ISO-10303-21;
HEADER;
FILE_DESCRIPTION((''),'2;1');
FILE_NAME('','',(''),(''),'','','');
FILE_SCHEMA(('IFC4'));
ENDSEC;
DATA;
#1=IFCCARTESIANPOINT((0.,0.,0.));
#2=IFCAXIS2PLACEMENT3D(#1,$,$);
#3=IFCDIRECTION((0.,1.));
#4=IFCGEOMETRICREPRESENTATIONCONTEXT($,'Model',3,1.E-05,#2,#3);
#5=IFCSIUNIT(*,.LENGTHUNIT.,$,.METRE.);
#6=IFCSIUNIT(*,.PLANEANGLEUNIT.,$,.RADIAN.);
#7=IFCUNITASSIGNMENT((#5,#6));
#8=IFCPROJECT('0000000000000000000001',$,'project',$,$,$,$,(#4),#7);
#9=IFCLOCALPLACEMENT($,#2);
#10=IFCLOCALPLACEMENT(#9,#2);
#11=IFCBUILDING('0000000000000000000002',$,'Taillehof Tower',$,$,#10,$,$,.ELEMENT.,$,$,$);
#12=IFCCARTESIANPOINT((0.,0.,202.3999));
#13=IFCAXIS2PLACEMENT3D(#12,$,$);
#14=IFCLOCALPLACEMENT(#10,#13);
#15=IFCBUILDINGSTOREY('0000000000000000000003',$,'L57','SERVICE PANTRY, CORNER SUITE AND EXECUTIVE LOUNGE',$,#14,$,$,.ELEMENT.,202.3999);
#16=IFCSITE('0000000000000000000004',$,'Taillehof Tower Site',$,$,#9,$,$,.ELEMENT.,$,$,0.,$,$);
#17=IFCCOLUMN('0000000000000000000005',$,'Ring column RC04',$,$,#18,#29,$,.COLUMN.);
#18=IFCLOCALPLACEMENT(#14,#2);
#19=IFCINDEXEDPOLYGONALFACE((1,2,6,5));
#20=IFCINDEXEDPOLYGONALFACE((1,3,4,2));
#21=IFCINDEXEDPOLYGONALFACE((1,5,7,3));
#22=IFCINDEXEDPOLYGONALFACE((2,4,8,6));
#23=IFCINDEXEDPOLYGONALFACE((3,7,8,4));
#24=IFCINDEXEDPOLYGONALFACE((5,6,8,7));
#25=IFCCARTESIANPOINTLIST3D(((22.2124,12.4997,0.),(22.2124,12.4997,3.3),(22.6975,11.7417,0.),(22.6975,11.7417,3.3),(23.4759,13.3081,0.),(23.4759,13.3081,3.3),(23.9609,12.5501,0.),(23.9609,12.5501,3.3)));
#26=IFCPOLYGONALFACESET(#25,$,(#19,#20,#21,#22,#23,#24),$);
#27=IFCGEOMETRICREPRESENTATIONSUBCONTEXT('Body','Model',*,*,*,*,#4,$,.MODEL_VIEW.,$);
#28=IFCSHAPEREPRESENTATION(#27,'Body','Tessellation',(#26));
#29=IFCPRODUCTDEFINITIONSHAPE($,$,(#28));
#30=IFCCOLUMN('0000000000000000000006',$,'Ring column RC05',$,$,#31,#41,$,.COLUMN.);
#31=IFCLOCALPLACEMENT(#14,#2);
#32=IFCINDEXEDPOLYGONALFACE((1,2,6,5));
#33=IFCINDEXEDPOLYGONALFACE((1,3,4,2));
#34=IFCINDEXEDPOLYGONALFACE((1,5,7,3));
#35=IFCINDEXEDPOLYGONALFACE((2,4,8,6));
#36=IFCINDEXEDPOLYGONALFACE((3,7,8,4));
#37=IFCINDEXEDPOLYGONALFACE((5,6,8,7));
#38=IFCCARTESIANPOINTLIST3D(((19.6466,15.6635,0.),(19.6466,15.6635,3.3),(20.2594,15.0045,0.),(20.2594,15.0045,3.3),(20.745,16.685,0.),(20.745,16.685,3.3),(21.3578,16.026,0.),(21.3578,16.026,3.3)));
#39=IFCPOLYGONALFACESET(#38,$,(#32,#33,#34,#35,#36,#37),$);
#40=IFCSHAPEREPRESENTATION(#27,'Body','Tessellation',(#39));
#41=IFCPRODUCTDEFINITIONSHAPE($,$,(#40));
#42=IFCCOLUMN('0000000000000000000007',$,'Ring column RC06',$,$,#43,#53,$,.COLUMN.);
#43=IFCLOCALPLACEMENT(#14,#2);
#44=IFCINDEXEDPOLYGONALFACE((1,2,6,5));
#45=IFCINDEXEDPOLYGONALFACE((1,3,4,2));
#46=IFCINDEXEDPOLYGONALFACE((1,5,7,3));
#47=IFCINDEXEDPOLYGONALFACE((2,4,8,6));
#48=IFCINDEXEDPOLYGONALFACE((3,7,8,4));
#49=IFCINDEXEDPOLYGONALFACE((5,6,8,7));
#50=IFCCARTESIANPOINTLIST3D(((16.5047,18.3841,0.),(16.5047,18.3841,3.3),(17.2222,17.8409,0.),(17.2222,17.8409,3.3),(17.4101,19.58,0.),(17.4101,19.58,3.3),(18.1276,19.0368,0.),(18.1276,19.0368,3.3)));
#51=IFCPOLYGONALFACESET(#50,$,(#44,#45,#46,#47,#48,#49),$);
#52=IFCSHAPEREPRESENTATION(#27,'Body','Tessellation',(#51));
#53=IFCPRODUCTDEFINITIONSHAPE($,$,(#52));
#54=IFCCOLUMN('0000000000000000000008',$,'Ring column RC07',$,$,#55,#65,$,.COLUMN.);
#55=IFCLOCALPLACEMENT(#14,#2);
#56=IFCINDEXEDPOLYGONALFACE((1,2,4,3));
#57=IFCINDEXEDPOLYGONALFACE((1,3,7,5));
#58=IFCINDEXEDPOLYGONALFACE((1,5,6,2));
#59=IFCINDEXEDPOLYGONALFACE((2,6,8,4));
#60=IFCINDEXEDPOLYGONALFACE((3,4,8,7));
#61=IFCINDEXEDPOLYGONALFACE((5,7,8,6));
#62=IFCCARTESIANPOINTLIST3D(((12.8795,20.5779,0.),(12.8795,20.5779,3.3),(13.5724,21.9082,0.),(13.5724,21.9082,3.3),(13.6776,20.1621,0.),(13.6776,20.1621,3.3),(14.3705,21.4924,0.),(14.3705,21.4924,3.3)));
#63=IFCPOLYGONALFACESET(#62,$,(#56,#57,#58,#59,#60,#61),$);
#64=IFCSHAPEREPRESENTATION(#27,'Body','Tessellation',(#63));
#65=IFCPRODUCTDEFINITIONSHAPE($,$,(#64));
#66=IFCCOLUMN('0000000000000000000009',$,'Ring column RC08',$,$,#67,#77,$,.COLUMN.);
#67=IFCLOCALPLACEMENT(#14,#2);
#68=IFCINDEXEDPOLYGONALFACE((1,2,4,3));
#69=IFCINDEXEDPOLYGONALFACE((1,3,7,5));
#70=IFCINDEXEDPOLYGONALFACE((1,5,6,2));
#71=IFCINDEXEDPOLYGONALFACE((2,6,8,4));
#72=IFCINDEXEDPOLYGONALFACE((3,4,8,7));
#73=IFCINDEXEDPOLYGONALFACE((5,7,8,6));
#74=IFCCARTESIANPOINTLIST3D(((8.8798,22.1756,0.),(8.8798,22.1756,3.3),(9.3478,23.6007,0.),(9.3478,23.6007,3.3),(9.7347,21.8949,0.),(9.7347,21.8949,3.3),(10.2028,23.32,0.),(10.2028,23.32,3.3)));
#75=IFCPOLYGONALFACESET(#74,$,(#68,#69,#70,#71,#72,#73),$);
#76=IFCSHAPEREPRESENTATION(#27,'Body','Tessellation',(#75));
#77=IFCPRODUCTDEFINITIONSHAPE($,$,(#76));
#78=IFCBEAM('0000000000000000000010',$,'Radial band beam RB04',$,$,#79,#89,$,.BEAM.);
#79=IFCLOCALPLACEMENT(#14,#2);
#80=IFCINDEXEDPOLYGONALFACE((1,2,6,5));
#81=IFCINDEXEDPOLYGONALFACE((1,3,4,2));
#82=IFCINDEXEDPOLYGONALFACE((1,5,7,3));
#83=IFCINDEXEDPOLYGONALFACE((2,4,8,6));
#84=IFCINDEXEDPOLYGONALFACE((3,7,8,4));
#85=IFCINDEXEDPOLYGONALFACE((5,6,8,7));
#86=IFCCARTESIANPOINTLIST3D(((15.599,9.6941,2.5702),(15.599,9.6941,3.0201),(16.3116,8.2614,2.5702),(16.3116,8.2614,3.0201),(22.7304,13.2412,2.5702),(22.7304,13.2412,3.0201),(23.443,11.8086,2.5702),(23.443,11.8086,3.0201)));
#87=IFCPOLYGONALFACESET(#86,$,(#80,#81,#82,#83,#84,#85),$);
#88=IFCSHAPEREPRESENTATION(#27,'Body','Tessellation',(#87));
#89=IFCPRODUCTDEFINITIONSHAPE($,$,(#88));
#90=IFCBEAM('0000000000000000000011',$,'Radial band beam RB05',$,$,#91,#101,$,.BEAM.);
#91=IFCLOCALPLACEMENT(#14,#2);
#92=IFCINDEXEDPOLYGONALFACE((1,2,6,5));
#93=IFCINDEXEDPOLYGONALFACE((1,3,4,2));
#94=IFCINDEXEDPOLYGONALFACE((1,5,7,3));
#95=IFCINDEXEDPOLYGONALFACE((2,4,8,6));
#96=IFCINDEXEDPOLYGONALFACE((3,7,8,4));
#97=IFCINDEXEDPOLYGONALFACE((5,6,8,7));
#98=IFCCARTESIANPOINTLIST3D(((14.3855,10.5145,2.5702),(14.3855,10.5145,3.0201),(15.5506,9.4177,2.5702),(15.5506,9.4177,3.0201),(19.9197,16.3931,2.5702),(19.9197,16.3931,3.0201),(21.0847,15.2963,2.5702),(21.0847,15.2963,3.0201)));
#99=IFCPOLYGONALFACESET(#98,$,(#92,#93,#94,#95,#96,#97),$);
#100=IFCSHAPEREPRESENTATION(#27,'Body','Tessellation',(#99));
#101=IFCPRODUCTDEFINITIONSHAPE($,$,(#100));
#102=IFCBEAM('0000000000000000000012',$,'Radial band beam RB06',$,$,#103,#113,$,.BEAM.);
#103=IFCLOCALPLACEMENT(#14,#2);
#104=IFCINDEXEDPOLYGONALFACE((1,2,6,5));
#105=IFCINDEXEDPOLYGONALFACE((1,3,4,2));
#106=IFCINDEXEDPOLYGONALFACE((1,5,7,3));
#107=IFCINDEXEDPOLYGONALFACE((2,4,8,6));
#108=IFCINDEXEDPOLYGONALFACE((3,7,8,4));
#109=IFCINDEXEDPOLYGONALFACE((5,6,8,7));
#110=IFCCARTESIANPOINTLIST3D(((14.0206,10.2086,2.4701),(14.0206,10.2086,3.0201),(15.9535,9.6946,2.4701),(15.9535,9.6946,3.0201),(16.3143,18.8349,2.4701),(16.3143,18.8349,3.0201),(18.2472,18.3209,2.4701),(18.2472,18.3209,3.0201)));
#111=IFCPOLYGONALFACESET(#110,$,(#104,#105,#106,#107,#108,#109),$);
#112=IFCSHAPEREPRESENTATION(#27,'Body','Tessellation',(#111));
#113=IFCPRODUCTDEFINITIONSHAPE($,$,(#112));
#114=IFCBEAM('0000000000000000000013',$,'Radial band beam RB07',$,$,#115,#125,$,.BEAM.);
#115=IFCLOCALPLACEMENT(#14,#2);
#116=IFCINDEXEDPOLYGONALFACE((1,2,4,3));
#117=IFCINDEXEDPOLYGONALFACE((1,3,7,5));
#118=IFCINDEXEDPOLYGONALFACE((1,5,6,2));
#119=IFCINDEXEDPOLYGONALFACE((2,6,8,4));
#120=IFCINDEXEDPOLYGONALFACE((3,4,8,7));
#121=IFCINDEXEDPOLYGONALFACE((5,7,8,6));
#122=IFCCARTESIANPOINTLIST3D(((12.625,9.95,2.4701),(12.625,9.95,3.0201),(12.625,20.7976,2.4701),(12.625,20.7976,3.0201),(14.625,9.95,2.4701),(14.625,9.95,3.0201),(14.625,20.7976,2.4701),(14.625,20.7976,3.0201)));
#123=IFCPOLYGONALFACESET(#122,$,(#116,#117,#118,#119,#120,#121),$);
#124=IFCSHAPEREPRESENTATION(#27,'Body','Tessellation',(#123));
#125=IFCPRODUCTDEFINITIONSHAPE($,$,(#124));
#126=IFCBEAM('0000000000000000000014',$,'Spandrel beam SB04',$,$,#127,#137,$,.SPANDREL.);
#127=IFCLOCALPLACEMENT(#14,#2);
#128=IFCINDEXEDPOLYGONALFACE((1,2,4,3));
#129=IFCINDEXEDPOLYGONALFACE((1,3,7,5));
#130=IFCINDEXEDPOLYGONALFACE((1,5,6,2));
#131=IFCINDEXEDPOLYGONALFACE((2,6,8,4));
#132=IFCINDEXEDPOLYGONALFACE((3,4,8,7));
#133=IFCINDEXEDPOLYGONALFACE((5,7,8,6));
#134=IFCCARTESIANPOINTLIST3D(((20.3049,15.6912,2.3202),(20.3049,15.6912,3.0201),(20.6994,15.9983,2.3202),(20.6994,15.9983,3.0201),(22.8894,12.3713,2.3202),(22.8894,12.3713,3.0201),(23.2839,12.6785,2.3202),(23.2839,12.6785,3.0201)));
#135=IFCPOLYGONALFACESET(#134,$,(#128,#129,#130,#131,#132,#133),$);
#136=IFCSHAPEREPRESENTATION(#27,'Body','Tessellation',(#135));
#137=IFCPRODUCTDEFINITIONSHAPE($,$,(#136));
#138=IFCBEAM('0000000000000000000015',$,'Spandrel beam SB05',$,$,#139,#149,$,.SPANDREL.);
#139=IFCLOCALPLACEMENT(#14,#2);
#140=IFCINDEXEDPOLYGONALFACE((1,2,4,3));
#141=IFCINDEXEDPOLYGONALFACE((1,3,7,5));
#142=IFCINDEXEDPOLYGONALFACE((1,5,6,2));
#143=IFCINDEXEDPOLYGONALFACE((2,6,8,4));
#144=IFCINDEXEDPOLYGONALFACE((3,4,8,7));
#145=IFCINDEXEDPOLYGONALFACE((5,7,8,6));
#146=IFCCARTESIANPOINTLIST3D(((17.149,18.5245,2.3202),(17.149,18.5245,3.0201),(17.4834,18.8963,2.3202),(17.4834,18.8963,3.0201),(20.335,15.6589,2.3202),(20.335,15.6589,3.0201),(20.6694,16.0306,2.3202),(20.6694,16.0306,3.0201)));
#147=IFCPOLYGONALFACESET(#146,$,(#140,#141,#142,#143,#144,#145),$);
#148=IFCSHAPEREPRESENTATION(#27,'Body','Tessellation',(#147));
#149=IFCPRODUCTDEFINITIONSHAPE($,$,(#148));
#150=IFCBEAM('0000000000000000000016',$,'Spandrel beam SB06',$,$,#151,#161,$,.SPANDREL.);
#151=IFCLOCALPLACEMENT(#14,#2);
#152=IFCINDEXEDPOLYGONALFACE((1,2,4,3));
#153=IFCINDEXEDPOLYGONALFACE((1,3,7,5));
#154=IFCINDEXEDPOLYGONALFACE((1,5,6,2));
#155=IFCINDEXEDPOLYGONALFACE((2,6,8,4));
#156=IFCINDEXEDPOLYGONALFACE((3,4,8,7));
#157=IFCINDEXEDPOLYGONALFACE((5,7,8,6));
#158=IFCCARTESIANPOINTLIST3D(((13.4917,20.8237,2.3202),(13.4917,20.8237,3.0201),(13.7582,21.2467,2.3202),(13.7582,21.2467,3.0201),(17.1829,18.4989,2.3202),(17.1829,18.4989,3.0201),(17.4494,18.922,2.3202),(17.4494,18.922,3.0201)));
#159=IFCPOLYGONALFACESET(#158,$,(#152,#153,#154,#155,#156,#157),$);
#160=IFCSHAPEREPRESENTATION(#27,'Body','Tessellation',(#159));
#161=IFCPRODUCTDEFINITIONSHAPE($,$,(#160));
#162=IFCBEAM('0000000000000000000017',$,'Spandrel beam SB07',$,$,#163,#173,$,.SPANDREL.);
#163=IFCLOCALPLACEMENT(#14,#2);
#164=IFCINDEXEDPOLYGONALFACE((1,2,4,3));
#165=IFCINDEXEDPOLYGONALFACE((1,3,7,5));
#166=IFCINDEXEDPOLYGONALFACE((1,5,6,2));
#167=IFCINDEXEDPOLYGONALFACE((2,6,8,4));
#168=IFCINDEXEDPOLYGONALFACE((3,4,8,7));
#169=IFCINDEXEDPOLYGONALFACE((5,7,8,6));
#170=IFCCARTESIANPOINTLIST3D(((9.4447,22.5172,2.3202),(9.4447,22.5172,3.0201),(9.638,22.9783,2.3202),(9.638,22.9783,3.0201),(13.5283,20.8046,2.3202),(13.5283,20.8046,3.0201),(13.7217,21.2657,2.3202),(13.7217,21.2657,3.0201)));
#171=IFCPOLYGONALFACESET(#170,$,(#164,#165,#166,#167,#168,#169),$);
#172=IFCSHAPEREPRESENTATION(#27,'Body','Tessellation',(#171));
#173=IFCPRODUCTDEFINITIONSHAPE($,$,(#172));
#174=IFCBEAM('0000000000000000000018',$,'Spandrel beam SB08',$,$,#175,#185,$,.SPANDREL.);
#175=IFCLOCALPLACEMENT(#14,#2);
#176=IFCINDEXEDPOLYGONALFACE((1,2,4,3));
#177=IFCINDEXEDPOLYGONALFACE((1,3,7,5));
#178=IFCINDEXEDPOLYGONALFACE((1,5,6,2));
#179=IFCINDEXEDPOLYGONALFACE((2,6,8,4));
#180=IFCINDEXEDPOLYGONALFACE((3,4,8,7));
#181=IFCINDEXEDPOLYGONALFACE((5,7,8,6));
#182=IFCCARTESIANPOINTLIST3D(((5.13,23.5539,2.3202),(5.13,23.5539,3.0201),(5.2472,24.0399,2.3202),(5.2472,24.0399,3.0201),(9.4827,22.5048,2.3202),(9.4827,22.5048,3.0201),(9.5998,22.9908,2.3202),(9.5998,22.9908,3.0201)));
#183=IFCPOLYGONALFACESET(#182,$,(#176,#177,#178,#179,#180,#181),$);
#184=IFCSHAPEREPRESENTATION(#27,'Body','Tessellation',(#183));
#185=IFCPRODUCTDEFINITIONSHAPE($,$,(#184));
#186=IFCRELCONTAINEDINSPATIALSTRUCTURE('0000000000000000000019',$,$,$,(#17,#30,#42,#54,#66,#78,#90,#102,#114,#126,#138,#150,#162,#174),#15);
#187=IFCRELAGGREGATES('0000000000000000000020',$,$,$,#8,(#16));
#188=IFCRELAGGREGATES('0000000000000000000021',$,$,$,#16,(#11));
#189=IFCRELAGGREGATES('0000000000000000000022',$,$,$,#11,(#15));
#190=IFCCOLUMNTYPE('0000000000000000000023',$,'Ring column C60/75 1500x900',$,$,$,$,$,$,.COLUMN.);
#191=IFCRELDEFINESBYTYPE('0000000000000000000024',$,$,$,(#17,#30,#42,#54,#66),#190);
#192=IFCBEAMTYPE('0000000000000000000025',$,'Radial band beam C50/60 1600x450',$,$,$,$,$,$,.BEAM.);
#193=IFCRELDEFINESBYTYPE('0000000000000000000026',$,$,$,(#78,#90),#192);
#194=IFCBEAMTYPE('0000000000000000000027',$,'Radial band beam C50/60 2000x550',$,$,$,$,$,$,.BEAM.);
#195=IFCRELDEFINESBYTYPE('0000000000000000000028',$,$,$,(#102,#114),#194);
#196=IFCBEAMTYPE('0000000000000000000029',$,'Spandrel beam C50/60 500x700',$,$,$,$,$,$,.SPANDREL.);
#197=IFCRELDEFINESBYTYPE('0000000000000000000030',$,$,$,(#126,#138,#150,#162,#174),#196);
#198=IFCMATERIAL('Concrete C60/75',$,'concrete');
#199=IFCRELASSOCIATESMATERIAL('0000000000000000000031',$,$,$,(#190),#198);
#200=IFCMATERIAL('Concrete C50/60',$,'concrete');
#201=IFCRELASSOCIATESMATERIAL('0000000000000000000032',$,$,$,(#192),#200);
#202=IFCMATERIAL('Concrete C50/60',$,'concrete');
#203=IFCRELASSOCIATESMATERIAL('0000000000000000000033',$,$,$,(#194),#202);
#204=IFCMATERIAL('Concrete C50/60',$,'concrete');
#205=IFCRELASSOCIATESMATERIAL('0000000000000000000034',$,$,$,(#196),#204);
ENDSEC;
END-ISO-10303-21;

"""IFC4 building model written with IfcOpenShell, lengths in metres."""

from ifc_helpers import new_model, si_unit, direction, frame, origin, origin_2d, place, context, subcontext, project, spatial, rectangle, extrude, material, material_profile, profile_set, type_object, element, save


model = new_model("IFC4")

# Units and contexts
model_context = context("Model", 3, precision=1e-05, world=origin(), true_north=direction((0.0, 1.0)))
body_context = subcontext(model_context, "Body", "Model", "MODEL_VIEW")
ifc_project = project(units=[si_unit("LENGTHUNIT", "METRE"), si_unit("PLANEANGLEUNIT", "RADIAN")], contexts=[model_context])

# Site, building, storey
site_placement = place(None, origin())
site = spatial("IfcSite", under=ifc_project, at=site_placement, Name="Taillehof Tower Site", CompositionType="ELEMENT", RefElevation=0.0)
building_placement = place(site_placement, origin())
building = spatial("IfcBuilding", under=site, at=building_placement, Name="Taillehof Tower", CompositionType="ELEMENT")
storey_placement = place(building_placement, frame((0.0, 0.0, 202.3999)))
storey = spatial("IfcBuildingStorey", under=building, at=storey_placement, Name="L57", Description="SERVICE PANTRY, CORNER SUITE AND EXECUTIVE LOUNGE", CompositionType="ELEMENT", Elevation=202.3999)

# Columns
ifc_material_1 = material(Name="Concrete C60/75", Category="concrete")
ifc_material_profile_1 = material_profile(ifc_material_1, rectangle(XDim=1.5, YDim=0.8999, at=origin_2d()), Name="RC 1500x900")
ifc_profile_set_1 = profile_set([ifc_material_profile_1], Name="Concrete C60/75")
column_type = type_object("IfcColumnType", Name="Ring column C60/75 1500x900", PredefinedType="COLUMN", material=ifc_profile_set_1)
for number, where, z_axis, x_axis, name in (
    (1, (23.0867, 12.5249, 0.0), (0.0, 0.0, 1.0), (0.842311, 0.538992, 0.0), "Ring column RC04"),
    (2, (20.5022, 15.8447, 0.0), (0.0, 0.0, 1.0), (0.732271, 0.681013, 0.0), "Ring column RC05"),
    (3, (17.3162, 18.7104, 0.0), (0.0, 0.0, 1.0), (0.603608, 0.797281, 0.0), "Ring column RC06"),
    (4, (13.625, 21.0352, 0.0), (0.0, 0.0, 1.0), (0.461993, 0.886883, 0.0), "Ring column RC07"),
    (5, (9.5413, 22.7478, 0.0), (0.0, 0.0, 1.0), (0.312001, 0.950082, 0.0), "Ring column RC08"),
):
    element("IfcColumn", number, at=place(storey_placement, frame(where, z_axis=z_axis, x_axis=x_axis)), inside=storey, type_object=column_type, Name=name, PredefinedType="COLUMN", context=body_context, shape_type="SweptSolid", body=[
        extrude(rectangle(XDim=1.5, YDim=0.8999, at=origin_2d()), origin(), (0.0, 0.0, 1.0), 3.3),
    ])

# Beams
ifc_material_2 = material(Name="Concrete C50/60", Category="concrete")
ifc_material_profile_2 = material_profile(ifc_material_2, rectangle(XDim=1.6001, YDim=0.45, at=origin_2d()), Name="RC 1600x450")
ifc_profile_set_2 = profile_set([ifc_material_profile_2], Name="Concrete C50/60")
beam_type_1 = type_object("IfcBeamType", Name="Radial band beam C50/60 1600x450", PredefinedType="BEAM", material=ifc_profile_set_2)
beam_1_placement = place(storey_placement, frame((23.0867, 12.5249, 2.7952), z_axis=(-0.895357, -0.445349, 0.0), x_axis=(0.445349, -0.895357, 0.0)))
element("IfcBeam", 6, at=beam_1_placement, inside=storey, type_object=beam_type_1, Name="Radial band beam RB04", PredefinedType="BEAM", context=body_context, shape_type="SweptSolid", body=[
    extrude(rectangle(XDim=1.6001, YDim=0.45, at=origin_2d()), origin(), (0.0, 0.0, 1.0), 7.9648),
])
beam_2_placement = place(storey_placement, frame((20.5022, 15.8447, 2.7952), z_axis=(-0.685451, -0.728118, 0.0), x_axis=(0.728118, -0.685451, 0.0)))
element("IfcBeam", 7, at=beam_2_placement, inside=storey, type_object=beam_type_1, Name="Radial band beam RB05", PredefinedType="BEAM", context=body_context, shape_type="SweptSolid", body=[
    extrude(rectangle(XDim=1.6001, YDim=0.45, at=origin_2d()), origin(), (0.0, 0.0, 1.0), 8.0737),
])
ifc_material_3 = material(Name="Concrete C50/60", Category="concrete")
ifc_material_profile_3 = material_profile(ifc_material_3, rectangle(XDim=2.0, YDim=0.55, at=origin_2d()), Name="RC 2000x550")
ifc_profile_set_3 = profile_set([ifc_material_profile_3], Name="Concrete C50/60")
beam_type_2 = type_object("IfcBeamType", Name="Radial band beam C50/60 2000x550", PredefinedType="BEAM", material=ifc_profile_set_3)
beam_3_placement = place(storey_placement, frame((17.2808, 18.5779, 2.7451), z_axis=(-0.25697, -0.966419, 0.0), x_axis=(0.966419, -0.25697, 0.0)))
element("IfcBeam", 8, at=beam_3_placement, inside=storey, type_object=beam_type_2, Name="Radial band beam RB06", PredefinedType="BEAM", context=body_context, shape_type="SweptSolid", body=[
    extrude(rectangle(XDim=2.0, YDim=0.55, at=origin_2d()), origin(), (0.0, 0.0, 1.0), 8.926),
])
beam_4_placement = place(storey_placement, frame((13.625, 20.7976, 2.7451), z_axis=(0.0, -1.0, 0.0), x_axis=(1.0, 0.0, 0.0)))
element("IfcBeam", 9, at=beam_4_placement, inside=storey, type_object=beam_type_2, Name="Radial band beam RB07", PredefinedType="BEAM", context=body_context, shape_type="SweptSolid", body=[
    extrude(rectangle(XDim=2.0, YDim=0.55, at=origin_2d()), origin(), (0.0, 0.0, 1.0), 10.8477),
])
ifc_material_4 = material(Name="Concrete C50/60", Category="concrete")
ifc_material_profile_4 = material_profile(ifc_material_4, rectangle(XDim=0.5, YDim=0.7, at=origin_2d()), Name="RC 500x700")
ifc_profile_set_4 = profile_set([ifc_material_profile_4], Name="Concrete C50/60")
beam_type_3 = type_object("IfcBeamType", Name="Spandrel beam C50/60 500x700", PredefinedType="SPANDREL", material=ifc_profile_set_4)
beam_5_placement = place(storey_placement, frame((23.0867, 12.5249, 2.6702), z_axis=(-0.614294, 0.789077, 0.0), x_axis=(-0.789077, -0.614294, 0.0)))
element("IfcBeam", 10, at=beam_5_placement, inside=storey, type_object=beam_type_3, Name="Spandrel beam SB04", PredefinedType="SPANDREL", context=body_context, shape_type="SweptSolid", body=[
    extrude(rectangle(XDim=0.5, YDim=0.7, at=origin_2d()), origin(), (0.0, 0.0, 1.0), 4.2073),
])
beam_6_placement = place(storey_placement, frame((20.5022, 15.8447, 2.6702), z_axis=(-0.743492, 0.668744, 0.0), x_axis=(-0.668744, -0.743492, 0.0)))
element("IfcBeam", 11, at=beam_6_placement, inside=storey, type_object=beam_type_3, Name="Spandrel beam SB05", PredefinedType="SPANDREL", context=body_context, shape_type="SweptSolid", body=[
    extrude(rectangle(XDim=0.5, YDim=0.7, at=origin_2d()), origin(), (0.0, 0.0, 1.0), 4.2852),
])
beam_7_placement = place(storey_placement, frame((17.3162, 18.7104, 2.6702), z_axis=(-0.846166, 0.532919, 0.0), x_axis=(-0.532919, -0.846166, 0.0)))
element("IfcBeam", 12, at=beam_7_placement, inside=storey, type_object=beam_type_3, Name="Spandrel beam SB06", PredefinedType="SPANDREL", context=body_context, shape_type="SweptSolid", body=[
    extrude(rectangle(XDim=0.5, YDim=0.7, at=origin_2d()), origin(), (0.0, 0.0, 1.0), 4.3623),
])
beam_8_placement = place(storey_placement, frame((13.625, 21.0352, 2.6702), z_axis=(-0.922186, 0.386748, 0.0), x_axis=(-0.386748, -0.922186, 0.0)))
element("IfcBeam", 13, at=beam_8_placement, inside=storey, type_object=beam_type_3, Name="Spandrel beam SB07", PredefinedType="SPANDREL", context=body_context, shape_type="SweptSolid", body=[
    extrude(rectangle(XDim=0.5, YDim=0.7, at=origin_2d()), origin(), (0.0, 0.0, 1.0), 4.4282),
])
beam_9_placement = place(storey_placement, frame((9.5413, 22.7478, 2.6702), z_axis=(-0.972161, 0.234315, 0.0), x_axis=(-0.234315, -0.972161, 0.0)))
element("IfcBeam", 14, at=beam_9_placement, inside=storey, type_object=beam_type_3, Name="Spandrel beam SB08", PredefinedType="SPANDREL", context=body_context, shape_type="SweptSolid", body=[
    extrude(rectangle(XDim=0.5, YDim=0.7, at=origin_2d()), origin(), (0.0, 0.0, 1.0), 4.4773),
])

save(model, "model.ifc")
